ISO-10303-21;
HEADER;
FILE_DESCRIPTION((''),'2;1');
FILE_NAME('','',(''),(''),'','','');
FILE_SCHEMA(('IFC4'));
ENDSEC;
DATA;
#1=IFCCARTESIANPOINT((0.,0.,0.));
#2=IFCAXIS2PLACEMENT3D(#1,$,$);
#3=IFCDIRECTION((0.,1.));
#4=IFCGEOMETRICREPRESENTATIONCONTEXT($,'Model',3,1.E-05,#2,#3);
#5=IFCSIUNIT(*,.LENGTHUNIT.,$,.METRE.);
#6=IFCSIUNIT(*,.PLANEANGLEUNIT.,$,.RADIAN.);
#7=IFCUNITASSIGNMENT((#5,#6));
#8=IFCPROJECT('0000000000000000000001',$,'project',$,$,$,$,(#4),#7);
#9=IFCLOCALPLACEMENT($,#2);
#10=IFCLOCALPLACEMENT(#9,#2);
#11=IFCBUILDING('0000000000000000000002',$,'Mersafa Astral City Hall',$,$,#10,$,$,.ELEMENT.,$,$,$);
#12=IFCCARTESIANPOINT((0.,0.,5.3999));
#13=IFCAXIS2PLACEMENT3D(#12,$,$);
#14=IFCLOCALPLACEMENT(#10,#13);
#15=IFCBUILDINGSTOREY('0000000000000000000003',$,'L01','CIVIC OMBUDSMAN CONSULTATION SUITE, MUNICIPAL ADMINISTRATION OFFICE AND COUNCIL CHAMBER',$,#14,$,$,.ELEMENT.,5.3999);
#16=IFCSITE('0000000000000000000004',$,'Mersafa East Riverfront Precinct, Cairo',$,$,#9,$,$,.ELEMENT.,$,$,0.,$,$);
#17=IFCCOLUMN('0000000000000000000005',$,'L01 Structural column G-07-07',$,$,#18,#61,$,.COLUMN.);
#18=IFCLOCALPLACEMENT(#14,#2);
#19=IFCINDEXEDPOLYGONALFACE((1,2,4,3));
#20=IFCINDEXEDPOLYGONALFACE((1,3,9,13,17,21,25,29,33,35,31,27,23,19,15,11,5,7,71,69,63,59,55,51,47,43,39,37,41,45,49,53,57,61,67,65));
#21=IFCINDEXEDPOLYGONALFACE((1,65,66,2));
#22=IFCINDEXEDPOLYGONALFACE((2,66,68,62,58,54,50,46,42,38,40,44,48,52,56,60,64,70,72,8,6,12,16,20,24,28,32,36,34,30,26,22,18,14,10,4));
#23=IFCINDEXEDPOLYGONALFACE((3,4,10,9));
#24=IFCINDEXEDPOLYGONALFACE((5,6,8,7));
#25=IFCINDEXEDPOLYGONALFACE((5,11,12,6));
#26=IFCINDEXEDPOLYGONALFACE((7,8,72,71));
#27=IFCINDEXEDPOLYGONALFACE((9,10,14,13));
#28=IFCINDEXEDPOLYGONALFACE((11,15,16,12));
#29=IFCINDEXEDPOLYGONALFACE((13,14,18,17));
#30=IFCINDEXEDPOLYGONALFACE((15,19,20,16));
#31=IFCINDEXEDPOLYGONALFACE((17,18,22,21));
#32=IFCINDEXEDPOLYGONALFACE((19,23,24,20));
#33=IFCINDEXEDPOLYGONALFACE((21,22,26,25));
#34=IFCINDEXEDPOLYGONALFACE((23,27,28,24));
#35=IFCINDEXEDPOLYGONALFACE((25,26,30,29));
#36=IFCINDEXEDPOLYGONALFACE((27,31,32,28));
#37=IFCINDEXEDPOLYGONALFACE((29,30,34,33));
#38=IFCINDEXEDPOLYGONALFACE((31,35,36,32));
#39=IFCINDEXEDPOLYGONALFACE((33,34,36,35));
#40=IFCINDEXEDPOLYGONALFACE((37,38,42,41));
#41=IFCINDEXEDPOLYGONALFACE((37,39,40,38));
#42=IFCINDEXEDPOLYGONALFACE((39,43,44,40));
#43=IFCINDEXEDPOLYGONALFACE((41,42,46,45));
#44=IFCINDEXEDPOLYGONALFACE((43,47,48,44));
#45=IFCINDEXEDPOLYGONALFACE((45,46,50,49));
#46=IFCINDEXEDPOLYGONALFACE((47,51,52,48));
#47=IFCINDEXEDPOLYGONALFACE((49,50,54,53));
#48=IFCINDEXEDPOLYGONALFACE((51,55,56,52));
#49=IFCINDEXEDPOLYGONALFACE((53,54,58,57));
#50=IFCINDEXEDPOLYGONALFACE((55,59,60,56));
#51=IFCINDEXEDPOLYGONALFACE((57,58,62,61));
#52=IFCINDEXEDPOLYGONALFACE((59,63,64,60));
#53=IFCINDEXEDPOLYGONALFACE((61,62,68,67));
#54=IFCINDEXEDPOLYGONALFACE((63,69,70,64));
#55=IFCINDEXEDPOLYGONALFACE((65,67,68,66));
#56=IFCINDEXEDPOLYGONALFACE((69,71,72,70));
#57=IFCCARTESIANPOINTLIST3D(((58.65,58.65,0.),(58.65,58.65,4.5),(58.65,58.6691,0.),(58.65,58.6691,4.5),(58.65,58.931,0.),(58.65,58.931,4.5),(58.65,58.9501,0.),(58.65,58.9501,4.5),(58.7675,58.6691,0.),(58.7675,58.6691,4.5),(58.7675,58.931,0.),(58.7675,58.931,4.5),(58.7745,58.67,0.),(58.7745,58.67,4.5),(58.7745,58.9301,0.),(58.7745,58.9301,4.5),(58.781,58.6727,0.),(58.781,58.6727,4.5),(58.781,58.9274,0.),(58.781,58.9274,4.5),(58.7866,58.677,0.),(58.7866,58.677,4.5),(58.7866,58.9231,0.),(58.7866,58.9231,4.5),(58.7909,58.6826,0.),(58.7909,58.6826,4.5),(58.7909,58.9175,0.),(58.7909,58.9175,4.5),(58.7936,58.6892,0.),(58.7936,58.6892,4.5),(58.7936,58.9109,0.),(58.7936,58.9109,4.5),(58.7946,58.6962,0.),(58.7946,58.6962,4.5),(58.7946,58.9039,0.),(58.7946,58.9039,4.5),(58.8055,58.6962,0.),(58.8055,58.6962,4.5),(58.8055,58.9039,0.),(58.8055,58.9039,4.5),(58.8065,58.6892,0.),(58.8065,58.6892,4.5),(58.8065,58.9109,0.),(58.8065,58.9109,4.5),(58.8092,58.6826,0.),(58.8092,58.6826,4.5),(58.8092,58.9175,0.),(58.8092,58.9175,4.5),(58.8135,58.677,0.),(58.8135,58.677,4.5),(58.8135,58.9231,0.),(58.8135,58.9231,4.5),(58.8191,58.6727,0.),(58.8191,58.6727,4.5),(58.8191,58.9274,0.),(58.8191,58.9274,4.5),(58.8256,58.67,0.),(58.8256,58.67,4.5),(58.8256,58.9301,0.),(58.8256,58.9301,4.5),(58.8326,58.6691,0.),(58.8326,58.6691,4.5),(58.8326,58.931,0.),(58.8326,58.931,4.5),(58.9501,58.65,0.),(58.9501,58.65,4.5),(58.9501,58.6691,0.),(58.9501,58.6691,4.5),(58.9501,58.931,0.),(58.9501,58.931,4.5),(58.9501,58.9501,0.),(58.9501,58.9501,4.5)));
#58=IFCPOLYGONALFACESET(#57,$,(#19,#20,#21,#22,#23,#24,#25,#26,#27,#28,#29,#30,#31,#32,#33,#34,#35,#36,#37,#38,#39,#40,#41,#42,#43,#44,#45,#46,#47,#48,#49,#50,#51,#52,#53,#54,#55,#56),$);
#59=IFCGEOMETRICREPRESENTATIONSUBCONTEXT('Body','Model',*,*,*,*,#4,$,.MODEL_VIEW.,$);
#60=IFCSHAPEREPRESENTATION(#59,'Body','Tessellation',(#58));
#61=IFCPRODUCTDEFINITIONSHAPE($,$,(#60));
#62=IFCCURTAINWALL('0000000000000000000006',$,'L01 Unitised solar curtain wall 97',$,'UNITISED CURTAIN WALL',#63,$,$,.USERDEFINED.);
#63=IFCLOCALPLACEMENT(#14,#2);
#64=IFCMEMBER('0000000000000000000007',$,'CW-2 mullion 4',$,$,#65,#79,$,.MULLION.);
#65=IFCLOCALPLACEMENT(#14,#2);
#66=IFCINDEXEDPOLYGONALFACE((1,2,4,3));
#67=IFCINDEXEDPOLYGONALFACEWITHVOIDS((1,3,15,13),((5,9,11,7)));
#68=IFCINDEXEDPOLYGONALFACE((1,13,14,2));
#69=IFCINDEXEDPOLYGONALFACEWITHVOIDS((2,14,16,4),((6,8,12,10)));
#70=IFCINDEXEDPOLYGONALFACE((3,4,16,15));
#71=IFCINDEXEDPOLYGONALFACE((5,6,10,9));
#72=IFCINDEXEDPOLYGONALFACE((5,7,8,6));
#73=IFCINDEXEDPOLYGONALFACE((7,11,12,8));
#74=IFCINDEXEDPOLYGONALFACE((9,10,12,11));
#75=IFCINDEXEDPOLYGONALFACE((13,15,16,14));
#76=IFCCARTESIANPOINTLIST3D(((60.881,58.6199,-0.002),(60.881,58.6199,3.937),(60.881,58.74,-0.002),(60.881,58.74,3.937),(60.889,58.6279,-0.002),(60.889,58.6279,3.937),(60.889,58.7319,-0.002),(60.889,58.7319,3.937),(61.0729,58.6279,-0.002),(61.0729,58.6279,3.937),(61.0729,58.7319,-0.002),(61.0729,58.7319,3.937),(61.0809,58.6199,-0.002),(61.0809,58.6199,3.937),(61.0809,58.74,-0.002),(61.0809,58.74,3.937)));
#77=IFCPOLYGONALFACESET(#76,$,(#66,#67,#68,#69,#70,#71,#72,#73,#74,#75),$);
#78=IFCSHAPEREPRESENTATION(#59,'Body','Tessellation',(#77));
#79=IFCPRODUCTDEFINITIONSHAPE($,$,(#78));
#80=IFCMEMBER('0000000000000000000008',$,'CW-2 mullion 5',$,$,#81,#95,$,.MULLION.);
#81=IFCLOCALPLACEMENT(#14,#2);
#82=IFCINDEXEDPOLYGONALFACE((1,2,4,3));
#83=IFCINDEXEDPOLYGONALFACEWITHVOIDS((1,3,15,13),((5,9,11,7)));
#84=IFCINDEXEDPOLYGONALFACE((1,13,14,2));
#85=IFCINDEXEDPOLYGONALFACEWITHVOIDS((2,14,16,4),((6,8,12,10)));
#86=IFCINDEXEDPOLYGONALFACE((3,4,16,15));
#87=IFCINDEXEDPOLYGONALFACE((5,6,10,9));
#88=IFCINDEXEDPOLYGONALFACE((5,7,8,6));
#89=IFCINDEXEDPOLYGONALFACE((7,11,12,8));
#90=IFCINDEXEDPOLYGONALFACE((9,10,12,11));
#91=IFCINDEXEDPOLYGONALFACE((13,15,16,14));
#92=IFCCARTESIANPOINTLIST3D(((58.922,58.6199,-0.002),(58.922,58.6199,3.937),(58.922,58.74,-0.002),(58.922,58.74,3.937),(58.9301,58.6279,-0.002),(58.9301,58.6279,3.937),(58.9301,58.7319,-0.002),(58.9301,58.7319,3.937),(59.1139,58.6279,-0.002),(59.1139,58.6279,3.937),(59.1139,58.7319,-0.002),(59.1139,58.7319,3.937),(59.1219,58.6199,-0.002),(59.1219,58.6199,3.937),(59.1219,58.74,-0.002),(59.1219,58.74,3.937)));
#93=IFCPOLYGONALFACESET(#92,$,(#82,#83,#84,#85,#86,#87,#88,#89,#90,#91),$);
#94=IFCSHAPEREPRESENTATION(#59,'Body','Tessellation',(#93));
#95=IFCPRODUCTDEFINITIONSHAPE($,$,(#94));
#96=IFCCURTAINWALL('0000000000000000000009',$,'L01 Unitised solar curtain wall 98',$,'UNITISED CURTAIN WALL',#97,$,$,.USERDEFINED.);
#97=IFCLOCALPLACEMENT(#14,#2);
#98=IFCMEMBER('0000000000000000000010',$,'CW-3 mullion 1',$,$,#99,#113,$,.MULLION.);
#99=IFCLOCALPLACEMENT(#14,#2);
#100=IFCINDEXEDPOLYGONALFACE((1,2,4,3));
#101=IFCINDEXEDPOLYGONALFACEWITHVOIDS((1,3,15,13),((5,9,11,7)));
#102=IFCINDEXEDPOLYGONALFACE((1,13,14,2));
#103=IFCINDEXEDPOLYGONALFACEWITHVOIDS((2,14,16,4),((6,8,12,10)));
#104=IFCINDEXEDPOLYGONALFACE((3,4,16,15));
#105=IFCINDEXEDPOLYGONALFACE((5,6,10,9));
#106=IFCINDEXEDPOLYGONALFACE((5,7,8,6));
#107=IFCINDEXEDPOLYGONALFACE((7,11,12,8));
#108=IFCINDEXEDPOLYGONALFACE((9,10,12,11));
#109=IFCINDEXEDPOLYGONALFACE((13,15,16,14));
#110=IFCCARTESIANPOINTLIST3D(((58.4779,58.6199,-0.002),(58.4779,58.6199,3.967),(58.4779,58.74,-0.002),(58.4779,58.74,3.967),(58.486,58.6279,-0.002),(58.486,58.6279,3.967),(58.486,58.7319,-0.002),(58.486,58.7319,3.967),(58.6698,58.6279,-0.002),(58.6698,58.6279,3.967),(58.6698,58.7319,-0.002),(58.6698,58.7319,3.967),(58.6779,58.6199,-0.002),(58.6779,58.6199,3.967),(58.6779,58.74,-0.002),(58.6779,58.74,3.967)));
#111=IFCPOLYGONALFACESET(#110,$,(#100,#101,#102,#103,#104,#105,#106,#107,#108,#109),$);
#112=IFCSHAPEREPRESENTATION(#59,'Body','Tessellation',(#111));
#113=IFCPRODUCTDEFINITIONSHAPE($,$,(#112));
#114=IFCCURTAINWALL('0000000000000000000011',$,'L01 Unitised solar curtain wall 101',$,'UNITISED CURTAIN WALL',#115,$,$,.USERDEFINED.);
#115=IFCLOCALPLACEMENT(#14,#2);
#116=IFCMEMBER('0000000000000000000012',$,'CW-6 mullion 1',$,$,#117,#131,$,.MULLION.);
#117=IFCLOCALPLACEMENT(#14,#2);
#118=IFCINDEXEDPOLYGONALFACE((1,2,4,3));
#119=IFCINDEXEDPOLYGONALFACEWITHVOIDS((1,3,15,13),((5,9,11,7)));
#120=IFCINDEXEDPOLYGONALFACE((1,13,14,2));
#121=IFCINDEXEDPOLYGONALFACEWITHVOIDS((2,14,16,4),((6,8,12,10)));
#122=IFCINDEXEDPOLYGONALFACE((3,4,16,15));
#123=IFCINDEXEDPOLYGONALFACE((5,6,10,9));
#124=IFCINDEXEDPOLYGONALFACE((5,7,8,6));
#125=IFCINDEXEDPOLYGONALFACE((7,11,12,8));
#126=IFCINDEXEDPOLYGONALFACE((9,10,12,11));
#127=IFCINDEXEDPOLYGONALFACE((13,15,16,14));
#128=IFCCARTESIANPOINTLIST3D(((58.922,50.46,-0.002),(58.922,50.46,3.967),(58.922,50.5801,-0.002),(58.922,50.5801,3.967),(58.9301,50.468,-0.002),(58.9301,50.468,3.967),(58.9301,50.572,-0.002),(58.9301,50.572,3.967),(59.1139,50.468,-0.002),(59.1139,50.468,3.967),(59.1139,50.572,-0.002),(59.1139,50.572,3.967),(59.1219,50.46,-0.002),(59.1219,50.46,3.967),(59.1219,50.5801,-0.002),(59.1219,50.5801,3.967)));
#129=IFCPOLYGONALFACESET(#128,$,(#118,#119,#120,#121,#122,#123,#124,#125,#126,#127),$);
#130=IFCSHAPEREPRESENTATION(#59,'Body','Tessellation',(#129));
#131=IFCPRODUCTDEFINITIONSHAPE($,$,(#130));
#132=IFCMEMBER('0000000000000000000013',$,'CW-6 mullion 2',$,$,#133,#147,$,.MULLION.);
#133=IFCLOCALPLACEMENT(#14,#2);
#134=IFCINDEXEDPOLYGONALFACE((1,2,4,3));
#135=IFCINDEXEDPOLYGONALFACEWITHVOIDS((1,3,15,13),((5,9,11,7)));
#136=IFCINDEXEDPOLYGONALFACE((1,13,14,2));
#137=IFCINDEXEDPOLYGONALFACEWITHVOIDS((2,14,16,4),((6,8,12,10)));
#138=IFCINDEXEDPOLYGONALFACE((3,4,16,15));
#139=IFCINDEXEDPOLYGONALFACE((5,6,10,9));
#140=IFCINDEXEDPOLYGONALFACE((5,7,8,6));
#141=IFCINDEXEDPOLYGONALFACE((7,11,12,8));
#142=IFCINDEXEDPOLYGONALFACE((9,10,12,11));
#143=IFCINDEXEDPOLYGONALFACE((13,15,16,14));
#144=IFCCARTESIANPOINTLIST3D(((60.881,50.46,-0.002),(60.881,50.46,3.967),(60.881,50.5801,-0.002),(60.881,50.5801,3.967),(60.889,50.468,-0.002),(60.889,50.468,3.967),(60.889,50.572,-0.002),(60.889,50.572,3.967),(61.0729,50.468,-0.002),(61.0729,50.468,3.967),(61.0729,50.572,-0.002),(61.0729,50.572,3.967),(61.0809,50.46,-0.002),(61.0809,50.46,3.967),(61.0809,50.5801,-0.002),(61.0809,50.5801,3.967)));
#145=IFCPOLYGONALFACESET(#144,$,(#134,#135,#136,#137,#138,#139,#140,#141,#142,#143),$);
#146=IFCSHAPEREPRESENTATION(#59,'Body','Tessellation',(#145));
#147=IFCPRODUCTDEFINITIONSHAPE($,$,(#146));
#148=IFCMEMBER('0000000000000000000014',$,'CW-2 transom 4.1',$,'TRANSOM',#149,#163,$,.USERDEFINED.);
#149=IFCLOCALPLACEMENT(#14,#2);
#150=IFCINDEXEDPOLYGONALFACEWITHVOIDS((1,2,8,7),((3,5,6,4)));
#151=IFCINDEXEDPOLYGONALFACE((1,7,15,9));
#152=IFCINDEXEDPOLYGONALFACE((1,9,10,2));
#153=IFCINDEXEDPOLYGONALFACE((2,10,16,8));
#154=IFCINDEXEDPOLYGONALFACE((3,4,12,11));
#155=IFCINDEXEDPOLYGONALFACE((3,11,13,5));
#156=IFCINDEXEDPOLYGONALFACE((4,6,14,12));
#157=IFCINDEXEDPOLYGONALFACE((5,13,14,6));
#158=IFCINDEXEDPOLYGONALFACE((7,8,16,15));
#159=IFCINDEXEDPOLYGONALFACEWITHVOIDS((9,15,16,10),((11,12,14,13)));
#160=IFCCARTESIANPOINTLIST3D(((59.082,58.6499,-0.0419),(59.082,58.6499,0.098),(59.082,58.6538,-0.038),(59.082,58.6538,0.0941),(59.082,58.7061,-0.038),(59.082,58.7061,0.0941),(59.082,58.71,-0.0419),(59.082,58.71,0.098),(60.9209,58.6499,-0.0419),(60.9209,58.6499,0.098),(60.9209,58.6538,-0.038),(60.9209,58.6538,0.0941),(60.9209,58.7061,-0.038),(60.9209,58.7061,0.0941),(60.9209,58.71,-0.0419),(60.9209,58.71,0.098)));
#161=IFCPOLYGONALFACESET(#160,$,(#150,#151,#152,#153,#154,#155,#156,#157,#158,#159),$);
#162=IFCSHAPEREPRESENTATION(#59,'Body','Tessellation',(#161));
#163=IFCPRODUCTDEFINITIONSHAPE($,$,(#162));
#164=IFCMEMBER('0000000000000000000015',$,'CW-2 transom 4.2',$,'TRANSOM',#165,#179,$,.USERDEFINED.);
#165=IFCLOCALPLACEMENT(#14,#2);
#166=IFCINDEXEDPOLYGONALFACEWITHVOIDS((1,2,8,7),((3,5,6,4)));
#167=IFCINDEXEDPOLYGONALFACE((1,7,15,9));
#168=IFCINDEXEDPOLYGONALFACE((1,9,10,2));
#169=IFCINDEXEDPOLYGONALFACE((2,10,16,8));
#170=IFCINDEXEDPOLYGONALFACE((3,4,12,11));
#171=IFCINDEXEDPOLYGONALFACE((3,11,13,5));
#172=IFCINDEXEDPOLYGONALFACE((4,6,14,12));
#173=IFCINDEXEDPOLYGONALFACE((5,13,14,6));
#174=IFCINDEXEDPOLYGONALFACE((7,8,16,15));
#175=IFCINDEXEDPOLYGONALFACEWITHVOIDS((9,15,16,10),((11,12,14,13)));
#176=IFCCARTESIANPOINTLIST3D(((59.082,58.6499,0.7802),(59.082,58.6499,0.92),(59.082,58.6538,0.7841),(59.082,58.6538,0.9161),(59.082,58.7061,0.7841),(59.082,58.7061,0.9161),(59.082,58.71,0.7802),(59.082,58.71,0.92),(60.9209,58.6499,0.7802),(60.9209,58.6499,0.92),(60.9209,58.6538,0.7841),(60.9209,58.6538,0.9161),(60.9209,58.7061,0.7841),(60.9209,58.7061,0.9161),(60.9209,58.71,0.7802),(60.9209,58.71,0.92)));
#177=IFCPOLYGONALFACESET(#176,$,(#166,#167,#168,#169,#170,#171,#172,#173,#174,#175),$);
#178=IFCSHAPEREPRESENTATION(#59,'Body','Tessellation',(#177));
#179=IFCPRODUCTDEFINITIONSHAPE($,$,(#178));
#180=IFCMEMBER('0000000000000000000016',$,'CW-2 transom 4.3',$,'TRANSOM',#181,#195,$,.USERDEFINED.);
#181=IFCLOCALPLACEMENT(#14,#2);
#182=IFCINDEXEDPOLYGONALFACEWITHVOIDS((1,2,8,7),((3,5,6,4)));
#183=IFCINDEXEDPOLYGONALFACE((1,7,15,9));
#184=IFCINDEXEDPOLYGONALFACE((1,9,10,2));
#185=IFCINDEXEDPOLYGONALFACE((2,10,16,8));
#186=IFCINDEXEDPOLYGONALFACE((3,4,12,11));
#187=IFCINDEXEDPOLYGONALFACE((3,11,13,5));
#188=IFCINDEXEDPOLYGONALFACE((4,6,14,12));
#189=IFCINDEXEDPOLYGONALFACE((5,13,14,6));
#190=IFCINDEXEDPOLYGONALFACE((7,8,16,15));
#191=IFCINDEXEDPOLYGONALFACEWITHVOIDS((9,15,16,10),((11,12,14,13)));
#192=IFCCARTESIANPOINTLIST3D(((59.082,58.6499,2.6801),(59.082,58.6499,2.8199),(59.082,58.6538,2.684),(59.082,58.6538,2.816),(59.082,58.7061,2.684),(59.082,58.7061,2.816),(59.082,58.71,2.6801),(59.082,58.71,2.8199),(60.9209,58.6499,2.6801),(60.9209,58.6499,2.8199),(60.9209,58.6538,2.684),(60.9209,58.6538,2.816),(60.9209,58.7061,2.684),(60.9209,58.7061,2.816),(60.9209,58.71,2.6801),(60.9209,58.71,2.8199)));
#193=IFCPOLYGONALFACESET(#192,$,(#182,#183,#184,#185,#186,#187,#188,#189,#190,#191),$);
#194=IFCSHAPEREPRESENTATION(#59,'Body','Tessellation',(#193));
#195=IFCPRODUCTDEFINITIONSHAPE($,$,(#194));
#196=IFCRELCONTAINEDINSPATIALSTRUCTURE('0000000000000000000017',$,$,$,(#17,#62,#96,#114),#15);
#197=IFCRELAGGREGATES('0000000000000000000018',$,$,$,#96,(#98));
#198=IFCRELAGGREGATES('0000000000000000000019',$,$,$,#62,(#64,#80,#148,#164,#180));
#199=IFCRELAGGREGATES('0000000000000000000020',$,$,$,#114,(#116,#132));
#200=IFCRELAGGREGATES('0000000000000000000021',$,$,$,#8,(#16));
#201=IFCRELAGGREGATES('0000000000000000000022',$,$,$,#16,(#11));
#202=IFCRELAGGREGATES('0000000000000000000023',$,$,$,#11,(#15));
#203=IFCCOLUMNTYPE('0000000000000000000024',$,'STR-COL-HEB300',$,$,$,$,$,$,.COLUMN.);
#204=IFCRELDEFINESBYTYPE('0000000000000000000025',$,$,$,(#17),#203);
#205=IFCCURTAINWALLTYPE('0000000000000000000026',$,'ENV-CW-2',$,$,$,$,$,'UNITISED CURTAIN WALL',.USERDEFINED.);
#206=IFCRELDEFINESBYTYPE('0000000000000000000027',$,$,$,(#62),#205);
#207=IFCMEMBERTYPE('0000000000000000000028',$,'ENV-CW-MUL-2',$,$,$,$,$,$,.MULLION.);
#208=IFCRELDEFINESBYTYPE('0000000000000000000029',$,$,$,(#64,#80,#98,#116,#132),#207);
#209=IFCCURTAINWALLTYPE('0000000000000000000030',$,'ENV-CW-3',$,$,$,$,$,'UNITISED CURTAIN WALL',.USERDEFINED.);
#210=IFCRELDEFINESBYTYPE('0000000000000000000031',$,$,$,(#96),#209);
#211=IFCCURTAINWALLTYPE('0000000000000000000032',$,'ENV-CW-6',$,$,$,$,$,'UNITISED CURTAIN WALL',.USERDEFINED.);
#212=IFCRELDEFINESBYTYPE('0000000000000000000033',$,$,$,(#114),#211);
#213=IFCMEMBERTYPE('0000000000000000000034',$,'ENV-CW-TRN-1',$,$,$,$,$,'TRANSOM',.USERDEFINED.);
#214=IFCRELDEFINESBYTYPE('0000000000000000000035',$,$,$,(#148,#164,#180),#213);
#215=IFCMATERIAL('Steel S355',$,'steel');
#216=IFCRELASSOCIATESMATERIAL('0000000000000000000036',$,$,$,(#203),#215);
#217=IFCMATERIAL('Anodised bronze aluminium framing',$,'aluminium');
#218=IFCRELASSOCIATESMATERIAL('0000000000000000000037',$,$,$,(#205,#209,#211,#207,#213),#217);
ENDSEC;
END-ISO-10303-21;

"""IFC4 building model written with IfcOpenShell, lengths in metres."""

from ifc_helpers import new_model, si_unit, direction, frame, origin, origin_2d, place, context, subcontext, project, spatial, hollow_rectangle, i_section, extrude, material, material_profile, profile_set, type_object, element, aggregate, save


model = new_model("IFC4")

# Units and contexts
model_context = context("Model", 3, precision=1e-05, world=origin(), true_north=direction((0.0, 1.0)))
body_context = subcontext(model_context, "Body", "Model", "MODEL_VIEW")
ifc_project = project(units=[si_unit("LENGTHUNIT", "METRE"), si_unit("PLANEANGLEUNIT", "RADIAN")], contexts=[model_context])

# Site, building, storey
site_placement = place(None, origin())
site = spatial("IfcSite", under=ifc_project, at=site_placement, Name="Mersafa East Riverfront Precinct, Cairo", CompositionType="ELEMENT", RefElevation=0.0)
building_placement = place(site_placement, origin())
building = spatial("IfcBuilding", under=site, at=building_placement, Name="Mersafa Astral City Hall", CompositionType="ELEMENT")
storey_placement = place(building_placement, frame((0.0, 0.0, 5.3999)))
storey = spatial("IfcBuildingStorey", under=building, at=storey_placement, Name="L01", Description="CIVIC OMBUDSMAN CONSULTATION SUITE, MUNICIPAL ADMINISTRATION OFFICE AND COUNCIL CHAMBER", CompositionType="ELEMENT", Elevation=5.3999)

# Column
ifc_material_1 = material(Name="Steel S355", Category="steel")
ifc_material_profile_1 = material_profile(ifc_material_1, i_section(OverallWidth=0.3, OverallDepth=0.3, WebThickness=0.011, FlangeThickness=0.019, FilletRadius=0.0271, at=origin_2d()), Name="HEB 300")
ifc_profile_set_1 = profile_set([ifc_material_profile_1], Name="Steel S355")
column_type = type_object("IfcColumnType", Name="STR-COL-HEB300", PredefinedType="COLUMN", material=ifc_profile_set_1)
column_placement = place(storey_placement, frame((58.8, 58.8, 0.0), z_axis=(0.0, 0.0, 1.0), x_axis=(1.0, 0.0, 0.0)))
element("IfcColumn", 1, at=column_placement, inside=storey, type_object=column_type, Name="L01 Structural column G-07-07", PredefinedType="COLUMN", context=body_context, shape_type="SweptSolid", body=[
    extrude(i_section(OverallWidth=0.3, OverallDepth=0.3, WebThickness=0.011, FlangeThickness=0.019, FilletRadius=0.0271, at=origin_2d()), origin(), (0.0, 0.0, 1.0), 4.5),
])

# Curtain wall, members
ifc_material_2 = material(Name="Anodised bronze aluminium framing", Category="aluminium")
curtain_wall_type_1 = type_object("IfcCurtainWallType", Name="ENV-CW-2", ElementType="UNITISED CURTAIN WALL", PredefinedType="USERDEFINED", material=ifc_material_2)
curtain_wall_1_placement = place(storey_placement, origin())
curtain_wall_1 = element("IfcCurtainWall", 2, at=curtain_wall_1_placement, inside=storey, type_object=curtain_wall_type_1, Name="L01 Unitised solar curtain wall 97", ObjectType="UNITISED CURTAIN WALL", PredefinedType="USERDEFINED")
ifc_material_profile_2 = material_profile(ifc_material_2, hollow_rectangle(XDim=0.1201, YDim=0.2, WallThickness=0.0081, at=origin_2d()), Name="RHS 120x200x8")
ifc_profile_set_2 = profile_set([ifc_material_profile_2], Name="Anodised bronze aluminium framing")
member_type_1 = type_object("IfcMemberType", Name="ENV-CW-MUL-2", PredefinedType="MULLION", material=ifc_profile_set_2)
member_1_placement = place(storey_placement, frame((60.981, 58.6799, -0.002), z_axis=(0.0, 0.0, 1.0), x_axis=(0.0, -1.0, 0.0)))
member_1 = element("IfcMember", 3, at=member_1_placement, type_object=member_type_1, Name="CW-2 mullion 4", PredefinedType="MULLION", context=body_context, shape_type="SweptSolid", body=[
    extrude(hollow_rectangle(XDim=0.1201, YDim=0.2, WallThickness=0.0081, at=origin_2d()), origin(), (0.0, 0.0, 1.0), 3.939),
])
member_2_placement = place(storey_placement, frame((59.022, 58.6799, -0.002), z_axis=(0.0, 0.0, 1.0), x_axis=(0.0, -1.0, 0.0)))
member_2 = element("IfcMember", 4, at=member_2_placement, type_object=member_type_1, Name="CW-2 mullion 5", PredefinedType="MULLION", context=body_context, shape_type="SweptSolid", body=[
    extrude(hollow_rectangle(XDim=0.1201, YDim=0.2, WallThickness=0.0081, at=origin_2d()), origin(), (0.0, 0.0, 1.0), 3.939),
])

# Curtain wall, member
curtain_wall_type_2 = type_object("IfcCurtainWallType", Name="ENV-CW-3", ElementType="UNITISED CURTAIN WALL", PredefinedType="USERDEFINED", material=ifc_material_2)
curtain_wall_2_placement = place(storey_placement, origin())
curtain_wall_2 = element("IfcCurtainWall", 5, at=curtain_wall_2_placement, inside=storey, type_object=curtain_wall_type_2, Name="L01 Unitised solar curtain wall 98", ObjectType="UNITISED CURTAIN WALL", PredefinedType="USERDEFINED")
member_3_placement = place(storey_placement, frame((58.5779, 58.6799, -0.002), z_axis=(0.0, 0.0, 1.0), x_axis=(0.0, -1.0, 0.0)))
member_3 = element("IfcMember", 6, at=member_3_placement, type_object=member_type_1, Name="CW-3 mullion 1", PredefinedType="MULLION", context=body_context, shape_type="SweptSolid", body=[
    extrude(hollow_rectangle(XDim=0.1201, YDim=0.2, WallThickness=0.0081, at=origin_2d()), origin(), (0.0, 0.0, 1.0), 3.969),
])

# Curtain wall, members
curtain_wall_type_3 = type_object("IfcCurtainWallType", Name="ENV-CW-6", ElementType="UNITISED CURTAIN WALL", PredefinedType="USERDEFINED", material=ifc_material_2)
curtain_wall_3_placement = place(storey_placement, origin())
curtain_wall_3 = element("IfcCurtainWall", 7, at=curtain_wall_3_placement, inside=storey, type_object=curtain_wall_type_3, Name="L01 Unitised solar curtain wall 101", ObjectType="UNITISED CURTAIN WALL", PredefinedType="USERDEFINED")
member_4_placement = place(storey_placement, frame((59.022, 50.52, -0.002), z_axis=(0.0, 0.0, 1.0), x_axis=(0.0, 1.0, 0.0)))
member_4 = element("IfcMember", 8, at=member_4_placement, type_object=member_type_1, Name="CW-6 mullion 1", PredefinedType="MULLION", context=body_context, shape_type="SweptSolid", body=[
    extrude(hollow_rectangle(XDim=0.1201, YDim=0.2, WallThickness=0.0081, at=origin_2d()), origin(), (0.0, 0.0, 1.0), 3.969),
])
member_5_placement = place(storey_placement, frame((60.981, 50.52, -0.002), z_axis=(0.0, 0.0, 1.0), x_axis=(0.0, 1.0, 0.0)))
member_5 = element("IfcMember", 9, at=member_5_placement, type_object=member_type_1, Name="CW-6 mullion 2", PredefinedType="MULLION", context=body_context, shape_type="SweptSolid", body=[
    extrude(hollow_rectangle(XDim=0.1201, YDim=0.2, WallThickness=0.0081, at=origin_2d()), origin(), (0.0, 0.0, 1.0), 3.969),
])

# Members
ifc_material_profile_3 = material_profile(ifc_material_2, hollow_rectangle(XDim=0.0601, YDim=0.1399, WallThickness=0.0039, at=origin_2d()), Name="RHS 60x140x4")
ifc_profile_set_3 = profile_set([ifc_material_profile_3], Name="Anodised bronze aluminium framing")
member_type_2 = type_object("IfcMemberType", Name="ENV-CW-TRN-1", ElementType="TRANSOM", PredefinedType="USERDEFINED", material=ifc_profile_set_3)
member_6_placement = place(storey_placement, frame((60.9209, 58.6799, 0.0281), z_axis=(-1.0, 0.0, 0.0), x_axis=(0.0, -1.0, 0.0)))
member_6 = element("IfcMember", 10, at=member_6_placement, type_object=member_type_2, Name="CW-2 transom 4.1", ObjectType="TRANSOM", PredefinedType="USERDEFINED", context=body_context, shape_type="SweptSolid", body=[
    extrude(hollow_rectangle(XDim=0.0601, YDim=0.1399, WallThickness=0.0039, at=origin_2d()), origin(), (0.0, 0.0, 1.0), 1.8389),
])
member_7_placement = place(storey_placement, frame((60.9209, 58.6799, 0.8501), z_axis=(-1.0, 0.0, 0.0), x_axis=(0.0, -1.0, 0.0)))
member_7 = element("IfcMember", 11, at=member_7_placement, type_object=member_type_2, Name="CW-2 transom 4.2", ObjectType="TRANSOM", PredefinedType="USERDEFINED", context=body_context, shape_type="SweptSolid", body=[
    extrude(hollow_rectangle(XDim=0.0601, YDim=0.1399, WallThickness=0.0039, at=origin_2d()), origin(), (0.0, 0.0, 1.0), 1.8389),
])
member_8_placement = place(storey_placement, frame((60.9209, 58.6799, 2.75), z_axis=(-1.0, 0.0, 0.0), x_axis=(0.0, -1.0, 0.0)))
member_8 = element("IfcMember", 12, at=member_8_placement, type_object=member_type_2, Name="CW-2 transom 4.3", ObjectType="TRANSOM", PredefinedType="USERDEFINED", context=body_context, shape_type="SweptSolid", body=[
    extrude(hollow_rectangle(XDim=0.0601, YDim=0.1399, WallThickness=0.0039, at=origin_2d()), origin(), (0.0, 0.0, 1.0), 1.8389),
])
aggregate(curtain_wall_2, [member_3])

aggregate(curtain_wall_1, [member_1, member_2, member_6, member_7, member_8])
aggregate(curtain_wall_3, [member_4, member_5])

save(model, "model.ifc")
